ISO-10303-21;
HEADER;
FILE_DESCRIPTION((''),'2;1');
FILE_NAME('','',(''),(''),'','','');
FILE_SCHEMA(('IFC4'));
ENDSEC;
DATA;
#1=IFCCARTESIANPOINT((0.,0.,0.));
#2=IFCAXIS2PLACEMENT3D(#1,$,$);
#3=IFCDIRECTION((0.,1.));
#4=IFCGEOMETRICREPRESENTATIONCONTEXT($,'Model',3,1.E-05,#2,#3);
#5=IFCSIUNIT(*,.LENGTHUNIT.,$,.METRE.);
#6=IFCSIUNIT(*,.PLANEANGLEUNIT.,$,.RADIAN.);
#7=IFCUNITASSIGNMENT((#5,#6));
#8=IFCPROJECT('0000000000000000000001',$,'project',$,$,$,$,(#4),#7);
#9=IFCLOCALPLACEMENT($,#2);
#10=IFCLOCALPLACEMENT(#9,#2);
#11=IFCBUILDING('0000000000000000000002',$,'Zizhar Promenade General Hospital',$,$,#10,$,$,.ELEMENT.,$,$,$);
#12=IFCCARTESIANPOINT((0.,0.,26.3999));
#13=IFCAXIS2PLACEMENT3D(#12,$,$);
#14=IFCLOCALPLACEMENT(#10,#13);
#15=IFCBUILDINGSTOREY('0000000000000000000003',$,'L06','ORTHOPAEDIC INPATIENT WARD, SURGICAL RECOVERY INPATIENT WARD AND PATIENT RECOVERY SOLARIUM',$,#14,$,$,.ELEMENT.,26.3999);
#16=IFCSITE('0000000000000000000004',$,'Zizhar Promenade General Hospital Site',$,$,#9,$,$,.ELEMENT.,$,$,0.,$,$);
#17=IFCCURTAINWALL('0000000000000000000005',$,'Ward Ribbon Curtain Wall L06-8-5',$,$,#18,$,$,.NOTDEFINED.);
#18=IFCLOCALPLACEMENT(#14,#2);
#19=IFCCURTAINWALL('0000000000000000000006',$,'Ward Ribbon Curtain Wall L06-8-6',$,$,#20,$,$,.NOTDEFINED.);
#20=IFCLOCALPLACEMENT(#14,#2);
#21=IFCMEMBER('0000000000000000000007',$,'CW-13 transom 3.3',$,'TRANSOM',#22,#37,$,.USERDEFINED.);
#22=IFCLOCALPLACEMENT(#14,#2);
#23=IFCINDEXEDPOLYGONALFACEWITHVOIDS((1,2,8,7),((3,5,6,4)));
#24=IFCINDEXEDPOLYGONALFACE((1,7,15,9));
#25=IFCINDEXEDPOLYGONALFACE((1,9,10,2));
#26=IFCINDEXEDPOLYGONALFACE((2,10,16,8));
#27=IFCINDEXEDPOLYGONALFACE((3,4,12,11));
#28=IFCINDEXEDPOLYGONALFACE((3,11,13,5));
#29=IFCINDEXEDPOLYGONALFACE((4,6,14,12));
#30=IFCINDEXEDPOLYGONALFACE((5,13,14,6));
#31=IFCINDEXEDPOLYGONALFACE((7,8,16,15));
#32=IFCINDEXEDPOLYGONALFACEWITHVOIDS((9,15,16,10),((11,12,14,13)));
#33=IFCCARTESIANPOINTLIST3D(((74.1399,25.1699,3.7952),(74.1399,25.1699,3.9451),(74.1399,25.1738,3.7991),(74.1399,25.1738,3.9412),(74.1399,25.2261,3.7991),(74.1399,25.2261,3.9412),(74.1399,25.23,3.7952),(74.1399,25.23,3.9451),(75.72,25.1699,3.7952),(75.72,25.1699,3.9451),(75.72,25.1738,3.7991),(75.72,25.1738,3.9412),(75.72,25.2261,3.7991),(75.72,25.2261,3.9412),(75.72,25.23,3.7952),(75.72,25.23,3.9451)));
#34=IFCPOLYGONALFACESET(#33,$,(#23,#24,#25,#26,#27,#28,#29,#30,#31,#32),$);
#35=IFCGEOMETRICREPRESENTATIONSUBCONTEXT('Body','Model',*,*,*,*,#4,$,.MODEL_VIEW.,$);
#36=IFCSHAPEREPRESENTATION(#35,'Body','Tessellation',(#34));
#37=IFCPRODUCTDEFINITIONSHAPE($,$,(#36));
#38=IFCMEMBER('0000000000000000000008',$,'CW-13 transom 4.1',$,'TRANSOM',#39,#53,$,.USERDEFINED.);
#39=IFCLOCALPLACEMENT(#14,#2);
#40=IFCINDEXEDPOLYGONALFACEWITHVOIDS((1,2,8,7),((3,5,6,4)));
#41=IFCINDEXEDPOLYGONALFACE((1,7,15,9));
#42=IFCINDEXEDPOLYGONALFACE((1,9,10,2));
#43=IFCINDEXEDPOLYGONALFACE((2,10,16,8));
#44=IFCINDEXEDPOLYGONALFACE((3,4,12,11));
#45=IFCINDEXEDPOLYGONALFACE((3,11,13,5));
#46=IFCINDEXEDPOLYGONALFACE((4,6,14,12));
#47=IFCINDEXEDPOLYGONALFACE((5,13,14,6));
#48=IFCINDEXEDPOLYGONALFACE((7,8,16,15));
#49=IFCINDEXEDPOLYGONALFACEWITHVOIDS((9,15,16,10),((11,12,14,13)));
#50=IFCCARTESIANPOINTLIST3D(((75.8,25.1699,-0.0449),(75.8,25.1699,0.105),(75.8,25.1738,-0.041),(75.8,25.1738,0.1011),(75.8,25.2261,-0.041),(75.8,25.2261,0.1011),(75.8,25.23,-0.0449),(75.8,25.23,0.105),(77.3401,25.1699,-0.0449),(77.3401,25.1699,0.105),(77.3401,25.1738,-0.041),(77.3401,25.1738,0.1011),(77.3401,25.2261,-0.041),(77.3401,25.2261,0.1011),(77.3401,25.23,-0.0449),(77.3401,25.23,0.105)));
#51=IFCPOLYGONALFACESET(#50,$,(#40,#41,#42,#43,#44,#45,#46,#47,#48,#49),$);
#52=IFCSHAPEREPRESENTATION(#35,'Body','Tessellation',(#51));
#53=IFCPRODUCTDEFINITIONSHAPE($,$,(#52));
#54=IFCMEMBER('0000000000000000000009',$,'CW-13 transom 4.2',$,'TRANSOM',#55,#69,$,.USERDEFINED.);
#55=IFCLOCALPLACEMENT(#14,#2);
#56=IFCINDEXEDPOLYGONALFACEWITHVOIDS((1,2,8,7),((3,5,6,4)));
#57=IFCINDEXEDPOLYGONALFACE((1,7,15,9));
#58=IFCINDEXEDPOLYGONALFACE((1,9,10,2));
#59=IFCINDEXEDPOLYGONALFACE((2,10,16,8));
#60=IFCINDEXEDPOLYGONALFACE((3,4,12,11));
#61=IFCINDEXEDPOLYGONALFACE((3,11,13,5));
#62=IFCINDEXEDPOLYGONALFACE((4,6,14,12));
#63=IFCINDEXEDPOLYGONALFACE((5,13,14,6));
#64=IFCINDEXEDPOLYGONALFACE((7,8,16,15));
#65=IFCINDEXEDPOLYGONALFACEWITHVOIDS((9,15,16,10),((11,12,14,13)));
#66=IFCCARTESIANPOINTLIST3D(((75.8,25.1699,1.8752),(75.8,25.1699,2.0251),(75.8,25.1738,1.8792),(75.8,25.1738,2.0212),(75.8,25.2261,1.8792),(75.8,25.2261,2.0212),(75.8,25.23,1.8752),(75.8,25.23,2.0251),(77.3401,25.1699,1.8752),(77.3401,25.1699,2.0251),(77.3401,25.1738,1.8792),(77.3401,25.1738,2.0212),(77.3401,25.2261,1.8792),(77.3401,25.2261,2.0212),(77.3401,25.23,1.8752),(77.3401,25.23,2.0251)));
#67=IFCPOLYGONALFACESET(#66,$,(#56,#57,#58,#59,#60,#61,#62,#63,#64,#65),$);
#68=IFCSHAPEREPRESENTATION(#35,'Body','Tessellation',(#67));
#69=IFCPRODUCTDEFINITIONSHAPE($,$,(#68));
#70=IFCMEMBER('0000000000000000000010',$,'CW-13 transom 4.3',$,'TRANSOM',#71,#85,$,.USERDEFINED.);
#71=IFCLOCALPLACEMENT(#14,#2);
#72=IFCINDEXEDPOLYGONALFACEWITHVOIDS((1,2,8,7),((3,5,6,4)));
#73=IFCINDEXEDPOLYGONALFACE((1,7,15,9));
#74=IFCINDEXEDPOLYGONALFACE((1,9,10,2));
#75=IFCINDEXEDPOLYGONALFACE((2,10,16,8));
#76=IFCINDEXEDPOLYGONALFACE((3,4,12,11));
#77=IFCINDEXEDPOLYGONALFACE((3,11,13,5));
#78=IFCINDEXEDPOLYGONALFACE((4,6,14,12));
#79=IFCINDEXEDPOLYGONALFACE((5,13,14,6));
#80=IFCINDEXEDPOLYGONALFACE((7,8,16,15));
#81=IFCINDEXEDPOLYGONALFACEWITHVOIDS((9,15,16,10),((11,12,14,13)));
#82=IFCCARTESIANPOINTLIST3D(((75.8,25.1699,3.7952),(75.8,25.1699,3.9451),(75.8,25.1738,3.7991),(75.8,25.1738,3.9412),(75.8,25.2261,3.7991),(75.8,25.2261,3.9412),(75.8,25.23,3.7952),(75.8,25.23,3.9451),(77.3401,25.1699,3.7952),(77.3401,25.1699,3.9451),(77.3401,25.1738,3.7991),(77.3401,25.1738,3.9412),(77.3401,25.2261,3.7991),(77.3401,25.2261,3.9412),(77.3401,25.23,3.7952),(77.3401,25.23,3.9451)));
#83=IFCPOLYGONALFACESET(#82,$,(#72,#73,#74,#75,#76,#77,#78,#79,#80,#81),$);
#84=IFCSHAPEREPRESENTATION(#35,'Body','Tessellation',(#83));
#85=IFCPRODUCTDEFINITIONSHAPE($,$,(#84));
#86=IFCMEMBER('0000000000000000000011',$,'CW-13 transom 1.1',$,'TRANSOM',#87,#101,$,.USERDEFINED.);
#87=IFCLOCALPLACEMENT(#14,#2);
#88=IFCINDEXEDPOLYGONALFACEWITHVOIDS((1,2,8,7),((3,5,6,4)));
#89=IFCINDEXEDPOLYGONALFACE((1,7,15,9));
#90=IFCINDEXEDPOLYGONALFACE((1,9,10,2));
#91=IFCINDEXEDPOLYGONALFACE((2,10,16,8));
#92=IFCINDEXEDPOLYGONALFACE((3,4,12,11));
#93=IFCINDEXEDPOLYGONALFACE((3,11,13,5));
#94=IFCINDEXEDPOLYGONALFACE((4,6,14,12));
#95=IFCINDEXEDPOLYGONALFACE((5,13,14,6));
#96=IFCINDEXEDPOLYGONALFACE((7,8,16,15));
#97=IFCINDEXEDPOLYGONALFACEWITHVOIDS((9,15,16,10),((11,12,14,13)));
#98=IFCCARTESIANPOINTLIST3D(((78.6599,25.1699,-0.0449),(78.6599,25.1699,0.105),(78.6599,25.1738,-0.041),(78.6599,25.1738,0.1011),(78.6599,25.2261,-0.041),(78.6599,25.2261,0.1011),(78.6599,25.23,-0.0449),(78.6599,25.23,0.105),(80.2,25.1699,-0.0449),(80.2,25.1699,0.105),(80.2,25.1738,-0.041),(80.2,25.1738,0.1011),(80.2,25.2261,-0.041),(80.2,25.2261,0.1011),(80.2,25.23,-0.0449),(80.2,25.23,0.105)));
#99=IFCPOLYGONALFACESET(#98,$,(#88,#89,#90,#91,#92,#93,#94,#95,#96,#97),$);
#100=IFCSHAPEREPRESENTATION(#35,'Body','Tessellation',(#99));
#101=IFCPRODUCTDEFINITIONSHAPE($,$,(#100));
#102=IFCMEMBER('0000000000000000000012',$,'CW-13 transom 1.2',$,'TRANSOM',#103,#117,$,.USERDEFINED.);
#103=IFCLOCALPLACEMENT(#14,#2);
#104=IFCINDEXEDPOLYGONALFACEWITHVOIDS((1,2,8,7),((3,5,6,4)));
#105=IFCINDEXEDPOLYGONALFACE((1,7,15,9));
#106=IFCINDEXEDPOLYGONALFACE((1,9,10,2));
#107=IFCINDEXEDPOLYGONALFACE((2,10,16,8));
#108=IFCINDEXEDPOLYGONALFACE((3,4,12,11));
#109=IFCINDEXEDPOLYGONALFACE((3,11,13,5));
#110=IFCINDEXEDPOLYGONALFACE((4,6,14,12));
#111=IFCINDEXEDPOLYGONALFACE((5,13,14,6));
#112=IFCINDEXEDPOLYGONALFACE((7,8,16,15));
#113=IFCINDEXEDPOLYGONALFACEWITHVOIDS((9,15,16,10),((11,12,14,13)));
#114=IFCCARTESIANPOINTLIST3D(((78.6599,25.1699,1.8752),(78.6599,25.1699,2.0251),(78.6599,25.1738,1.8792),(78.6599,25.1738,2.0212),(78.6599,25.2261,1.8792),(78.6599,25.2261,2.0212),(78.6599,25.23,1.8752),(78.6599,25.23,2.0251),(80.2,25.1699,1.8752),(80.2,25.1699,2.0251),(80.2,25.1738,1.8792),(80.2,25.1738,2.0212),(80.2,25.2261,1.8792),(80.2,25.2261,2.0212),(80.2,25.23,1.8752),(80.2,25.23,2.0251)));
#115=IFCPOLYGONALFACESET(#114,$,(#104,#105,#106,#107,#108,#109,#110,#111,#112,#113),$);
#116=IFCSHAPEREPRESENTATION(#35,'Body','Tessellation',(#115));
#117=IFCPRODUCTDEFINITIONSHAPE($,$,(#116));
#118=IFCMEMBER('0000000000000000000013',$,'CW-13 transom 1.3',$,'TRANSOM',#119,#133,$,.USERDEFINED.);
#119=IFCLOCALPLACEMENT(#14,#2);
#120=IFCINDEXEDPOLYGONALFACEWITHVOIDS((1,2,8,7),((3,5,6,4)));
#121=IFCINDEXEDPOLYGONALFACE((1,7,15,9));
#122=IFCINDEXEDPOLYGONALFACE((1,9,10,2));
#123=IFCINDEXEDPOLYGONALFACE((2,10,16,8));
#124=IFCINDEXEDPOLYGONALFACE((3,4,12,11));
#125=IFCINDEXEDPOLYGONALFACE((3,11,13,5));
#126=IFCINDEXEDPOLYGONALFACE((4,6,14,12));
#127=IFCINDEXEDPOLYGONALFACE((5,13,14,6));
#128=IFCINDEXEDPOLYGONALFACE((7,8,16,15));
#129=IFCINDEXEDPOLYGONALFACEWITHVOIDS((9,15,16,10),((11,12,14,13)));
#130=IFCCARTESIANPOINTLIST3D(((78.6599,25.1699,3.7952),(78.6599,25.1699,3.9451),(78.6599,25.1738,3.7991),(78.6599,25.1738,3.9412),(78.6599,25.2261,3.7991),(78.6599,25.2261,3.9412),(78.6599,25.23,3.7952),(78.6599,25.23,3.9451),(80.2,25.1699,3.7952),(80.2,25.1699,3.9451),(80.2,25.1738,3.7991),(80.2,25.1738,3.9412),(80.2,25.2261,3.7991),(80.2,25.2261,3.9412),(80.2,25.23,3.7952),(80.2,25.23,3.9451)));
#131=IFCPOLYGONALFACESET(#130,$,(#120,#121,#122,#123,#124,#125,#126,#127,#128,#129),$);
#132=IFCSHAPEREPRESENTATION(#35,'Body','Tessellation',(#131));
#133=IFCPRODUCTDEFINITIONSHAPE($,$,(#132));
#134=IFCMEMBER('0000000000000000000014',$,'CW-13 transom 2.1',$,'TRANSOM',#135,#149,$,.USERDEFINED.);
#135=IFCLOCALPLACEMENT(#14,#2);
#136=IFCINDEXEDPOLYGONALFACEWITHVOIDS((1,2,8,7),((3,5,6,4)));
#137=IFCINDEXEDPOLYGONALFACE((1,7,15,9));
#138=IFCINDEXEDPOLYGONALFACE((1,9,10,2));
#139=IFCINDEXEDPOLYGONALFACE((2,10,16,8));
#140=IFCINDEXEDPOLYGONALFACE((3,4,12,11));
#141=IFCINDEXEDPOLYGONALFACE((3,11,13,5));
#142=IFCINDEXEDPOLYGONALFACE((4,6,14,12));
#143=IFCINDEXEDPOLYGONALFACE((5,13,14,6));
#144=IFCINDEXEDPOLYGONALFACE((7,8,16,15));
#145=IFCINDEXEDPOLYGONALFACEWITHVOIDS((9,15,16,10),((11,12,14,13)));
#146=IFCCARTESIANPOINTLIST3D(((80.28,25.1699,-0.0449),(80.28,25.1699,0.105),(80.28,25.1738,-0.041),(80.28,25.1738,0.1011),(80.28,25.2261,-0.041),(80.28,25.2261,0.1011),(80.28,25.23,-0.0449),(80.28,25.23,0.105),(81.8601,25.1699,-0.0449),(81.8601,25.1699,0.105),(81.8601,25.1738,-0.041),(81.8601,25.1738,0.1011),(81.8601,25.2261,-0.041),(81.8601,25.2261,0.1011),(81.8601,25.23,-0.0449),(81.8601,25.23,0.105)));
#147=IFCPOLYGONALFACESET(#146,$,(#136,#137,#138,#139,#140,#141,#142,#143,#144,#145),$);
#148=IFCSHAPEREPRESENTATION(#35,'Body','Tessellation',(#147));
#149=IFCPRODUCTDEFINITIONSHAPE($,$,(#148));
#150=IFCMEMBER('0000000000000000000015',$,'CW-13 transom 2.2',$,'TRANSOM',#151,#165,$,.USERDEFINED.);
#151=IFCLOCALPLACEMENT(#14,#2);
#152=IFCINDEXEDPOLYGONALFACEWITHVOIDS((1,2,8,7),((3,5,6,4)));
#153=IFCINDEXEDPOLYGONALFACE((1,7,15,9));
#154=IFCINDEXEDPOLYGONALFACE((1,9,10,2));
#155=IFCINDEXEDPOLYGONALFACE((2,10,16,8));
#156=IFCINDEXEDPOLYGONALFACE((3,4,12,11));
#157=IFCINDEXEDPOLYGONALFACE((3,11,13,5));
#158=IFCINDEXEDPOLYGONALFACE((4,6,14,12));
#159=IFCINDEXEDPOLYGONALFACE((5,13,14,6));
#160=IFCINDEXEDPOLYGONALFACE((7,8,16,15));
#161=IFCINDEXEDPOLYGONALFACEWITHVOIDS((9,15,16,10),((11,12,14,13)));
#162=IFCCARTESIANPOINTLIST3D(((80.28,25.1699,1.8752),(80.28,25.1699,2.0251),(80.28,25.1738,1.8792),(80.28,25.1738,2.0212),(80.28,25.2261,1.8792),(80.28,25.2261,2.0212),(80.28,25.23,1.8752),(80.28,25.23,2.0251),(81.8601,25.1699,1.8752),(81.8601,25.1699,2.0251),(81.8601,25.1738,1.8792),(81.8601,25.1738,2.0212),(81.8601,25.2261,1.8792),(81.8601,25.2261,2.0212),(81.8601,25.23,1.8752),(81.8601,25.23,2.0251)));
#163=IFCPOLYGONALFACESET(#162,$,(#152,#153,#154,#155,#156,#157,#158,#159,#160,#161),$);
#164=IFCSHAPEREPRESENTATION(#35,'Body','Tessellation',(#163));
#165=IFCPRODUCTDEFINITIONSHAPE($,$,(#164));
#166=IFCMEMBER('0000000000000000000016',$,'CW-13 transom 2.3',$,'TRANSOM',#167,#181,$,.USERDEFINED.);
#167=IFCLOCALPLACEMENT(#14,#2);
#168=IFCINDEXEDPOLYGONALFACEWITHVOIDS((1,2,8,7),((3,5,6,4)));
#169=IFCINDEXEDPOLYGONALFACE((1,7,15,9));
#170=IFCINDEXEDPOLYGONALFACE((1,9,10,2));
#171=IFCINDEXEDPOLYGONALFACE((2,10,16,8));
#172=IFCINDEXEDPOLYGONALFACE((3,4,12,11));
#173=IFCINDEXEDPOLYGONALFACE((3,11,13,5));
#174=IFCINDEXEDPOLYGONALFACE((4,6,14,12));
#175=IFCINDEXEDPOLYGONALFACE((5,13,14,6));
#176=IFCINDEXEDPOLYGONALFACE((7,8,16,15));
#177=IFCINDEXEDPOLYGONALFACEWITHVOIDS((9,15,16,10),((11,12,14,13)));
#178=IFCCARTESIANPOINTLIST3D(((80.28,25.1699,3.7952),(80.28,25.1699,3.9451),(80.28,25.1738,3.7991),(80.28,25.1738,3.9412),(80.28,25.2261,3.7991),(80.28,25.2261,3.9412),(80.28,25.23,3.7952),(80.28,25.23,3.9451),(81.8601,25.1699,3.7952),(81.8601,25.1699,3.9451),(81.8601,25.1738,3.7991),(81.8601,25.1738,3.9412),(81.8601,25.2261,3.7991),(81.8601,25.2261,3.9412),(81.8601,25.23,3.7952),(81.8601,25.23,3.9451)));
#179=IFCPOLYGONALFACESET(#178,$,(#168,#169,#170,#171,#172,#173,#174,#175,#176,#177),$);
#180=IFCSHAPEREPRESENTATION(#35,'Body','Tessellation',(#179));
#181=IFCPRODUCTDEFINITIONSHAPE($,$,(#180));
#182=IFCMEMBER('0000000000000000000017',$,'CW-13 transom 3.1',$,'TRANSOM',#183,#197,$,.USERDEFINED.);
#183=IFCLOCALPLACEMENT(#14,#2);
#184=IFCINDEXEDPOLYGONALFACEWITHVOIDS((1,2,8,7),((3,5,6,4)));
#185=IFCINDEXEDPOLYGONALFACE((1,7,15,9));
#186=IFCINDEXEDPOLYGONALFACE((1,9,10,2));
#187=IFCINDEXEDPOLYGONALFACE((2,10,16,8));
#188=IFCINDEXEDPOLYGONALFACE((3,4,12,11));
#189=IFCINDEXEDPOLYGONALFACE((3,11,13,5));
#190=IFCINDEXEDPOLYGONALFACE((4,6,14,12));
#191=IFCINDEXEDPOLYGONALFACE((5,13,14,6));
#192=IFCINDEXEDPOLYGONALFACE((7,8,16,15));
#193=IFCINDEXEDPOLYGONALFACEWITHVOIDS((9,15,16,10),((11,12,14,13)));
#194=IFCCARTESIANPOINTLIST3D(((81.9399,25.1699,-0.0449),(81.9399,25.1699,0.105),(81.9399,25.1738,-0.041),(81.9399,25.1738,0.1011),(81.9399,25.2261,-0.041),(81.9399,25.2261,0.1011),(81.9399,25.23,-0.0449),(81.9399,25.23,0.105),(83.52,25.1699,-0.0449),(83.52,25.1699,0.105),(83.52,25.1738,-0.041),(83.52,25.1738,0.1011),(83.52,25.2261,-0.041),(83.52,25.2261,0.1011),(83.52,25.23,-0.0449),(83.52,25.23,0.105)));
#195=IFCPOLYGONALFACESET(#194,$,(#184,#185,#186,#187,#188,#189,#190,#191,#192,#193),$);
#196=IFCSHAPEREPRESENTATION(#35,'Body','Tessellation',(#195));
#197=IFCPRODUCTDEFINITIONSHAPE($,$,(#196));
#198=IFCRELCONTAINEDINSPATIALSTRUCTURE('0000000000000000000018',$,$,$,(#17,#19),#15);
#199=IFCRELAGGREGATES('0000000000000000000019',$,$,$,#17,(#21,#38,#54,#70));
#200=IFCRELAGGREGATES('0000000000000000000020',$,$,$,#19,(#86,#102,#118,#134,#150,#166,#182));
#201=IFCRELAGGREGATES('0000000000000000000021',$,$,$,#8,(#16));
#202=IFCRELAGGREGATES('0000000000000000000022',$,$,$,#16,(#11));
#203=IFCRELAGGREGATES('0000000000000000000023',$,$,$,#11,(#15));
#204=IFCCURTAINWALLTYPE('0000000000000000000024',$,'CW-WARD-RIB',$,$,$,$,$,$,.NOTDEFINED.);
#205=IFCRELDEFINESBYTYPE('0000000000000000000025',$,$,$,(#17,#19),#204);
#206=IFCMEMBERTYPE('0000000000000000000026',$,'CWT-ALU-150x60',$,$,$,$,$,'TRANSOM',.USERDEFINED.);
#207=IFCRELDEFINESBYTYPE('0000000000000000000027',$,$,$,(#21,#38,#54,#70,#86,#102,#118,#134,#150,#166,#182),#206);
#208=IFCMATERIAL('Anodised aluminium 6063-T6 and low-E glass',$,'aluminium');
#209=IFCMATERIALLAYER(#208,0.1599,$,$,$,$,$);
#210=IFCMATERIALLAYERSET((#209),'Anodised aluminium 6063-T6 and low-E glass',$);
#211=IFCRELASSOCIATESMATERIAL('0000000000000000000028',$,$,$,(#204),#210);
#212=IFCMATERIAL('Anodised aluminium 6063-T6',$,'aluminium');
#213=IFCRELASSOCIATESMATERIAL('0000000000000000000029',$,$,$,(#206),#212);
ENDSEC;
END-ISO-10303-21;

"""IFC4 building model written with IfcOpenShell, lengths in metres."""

from ifc_helpers import new_model, si_unit, direction, frame, origin, origin_2d, place, context, subcontext, project, spatial, hollow_rectangle, extrude, material, layer, layer_set, material_profile, profile_set, type_object, element, aggregate, save


model = new_model("IFC4")

# Units and contexts
model_context = context("Model", 3, precision=1e-05, world=origin(), true_north=direction((0.0, 1.0)))
body_context = subcontext(model_context, "Body", "Model", "MODEL_VIEW")
ifc_project = project(units=[si_unit("LENGTHUNIT", "METRE"), si_unit("PLANEANGLEUNIT", "RADIAN")], contexts=[model_context])

# Site, building, storey
site_placement = place(None, origin())
site = spatial("IfcSite", under=ifc_project, at=site_placement, Name="Zizhar Promenade General Hospital Site", CompositionType="ELEMENT", RefElevation=0.0)
building_placement = place(site_placement, origin())
building = spatial("IfcBuilding", under=site, at=building_placement, Name="Zizhar Promenade General Hospital", CompositionType="ELEMENT")
storey_placement = place(building_placement, frame((0.0, 0.0, 26.3999)))
storey = spatial("IfcBuildingStorey", under=building, at=storey_placement, Name="L06", Description="ORTHOPAEDIC INPATIENT WARD, SURGICAL RECOVERY INPATIENT WARD AND PATIENT RECOVERY SOLARIUM", CompositionType="ELEMENT", Elevation=26.3999)

# Curtain walls
ifc_material_1 = material(Name="Anodised aluminium 6063-T6 and low-E glass", Category="aluminium")
ifc_layer_1 = layer(ifc_material_1, 0.1599)
ifc_layer_set_1 = layer_set([ifc_layer_1], Name="Anodised aluminium 6063-T6 and low-E glass")
curtain_wall_type = type_object("IfcCurtainWallType", Name="CW-WARD-RIB", PredefinedType="NOTDEFINED", material=ifc_layer_set_1)
curtain_wall_1_placement = place(storey_placement, origin())
curtain_wall_1 = element("IfcCurtainWall", 1, at=curtain_wall_1_placement, inside=storey, type_object=curtain_wall_type, Name="Ward Ribbon Curtain Wall L06-8-5", PredefinedType="NOTDEFINED")
curtain_wall_2_placement = place(storey_placement, origin())
curtain_wall_2 = element("IfcCurtainWall", 2, at=curtain_wall_2_placement, inside=storey, type_object=curtain_wall_type, Name="Ward Ribbon Curtain Wall L06-8-6", PredefinedType="NOTDEFINED")

# Members
ifc_material_2 = material(Name="Anodised aluminium 6063-T6", Category="aluminium")
ifc_material_profile_1 = material_profile(ifc_material_2, hollow_rectangle(XDim=0.0601, YDim=0.1499, WallThickness=0.0039, at=origin_2d()))
ifc_profile_set_1 = profile_set([ifc_material_profile_1], Name="Anodised aluminium 6063-T6")
member_type_1 = type_object("IfcMemberType", Name="CWT-ALU-150x60", ElementType="TRANSOM", PredefinedType="USERDEFINED", material=ifc_profile_set_1)
member_1_placement = place(storey_placement, frame((74.1399, 25.2, 3.8701), z_axis=(1.0, 0.0, 0.0), x_axis=(0.0, 1.0, 0.0)))
member_1 = element("IfcMember", 3, at=member_1_placement, type_object=member_type_1, Name="CW-13 transom 3.3", ObjectType="TRANSOM", PredefinedType="USERDEFINED", context=body_context, shape_type="SweptSolid", body=[
    extrude(hollow_rectangle(XDim=0.0601, YDim=0.1499, WallThickness=0.0039, at=origin_2d()), origin(), (0.0, 0.0, 1.0), 1.5801),
])
member_2_placement = place(storey_placement, frame((75.8, 25.2, 0.03), z_axis=(1.0, 0.0, 0.0), x_axis=(0.0, 1.0, 0.0)))
member_2 = element("IfcMember", 4, at=member_2_placement, type_object=member_type_1, Name="CW-13 transom 4.1", ObjectType="TRANSOM", PredefinedType="USERDEFINED", context=body_context, shape_type="SweptSolid", body=[
    extrude(hollow_rectangle(XDim=0.0601, YDim=0.1499, WallThickness=0.0039, at=origin_2d()), origin(), (0.0, 0.0, 1.0), 1.54),
])
member_3_placement = place(storey_placement, frame((75.8, 25.2, 1.9502), z_axis=(1.0, 0.0, 0.0), x_axis=(0.0, 1.0, 0.0)))
member_3 = element("IfcMember", 5, at=member_3_placement, type_object=member_type_1, Name="CW-13 transom 4.2", ObjectType="TRANSOM", PredefinedType="USERDEFINED", context=body_context, shape_type="SweptSolid", body=[
    extrude(hollow_rectangle(XDim=0.0601, YDim=0.1499, WallThickness=0.0039, at=origin_2d()), origin(), (0.0, 0.0, 1.0), 1.54),
])
member_4_placement = place(storey_placement, frame((75.8, 25.2, 3.8701), z_axis=(1.0, 0.0, 0.0), x_axis=(0.0, 1.0, 0.0)))
member_4 = element("IfcMember", 6, at=member_4_placement, type_object=member_type_1, Name="CW-13 transom 4.3", ObjectType="TRANSOM", PredefinedType="USERDEFINED", context=body_context, shape_type="SweptSolid", body=[
    extrude(hollow_rectangle(XDim=0.0601, YDim=0.1499, WallThickness=0.0039, at=origin_2d()), origin(), (0.0, 0.0, 1.0), 1.54),
])
member_5_placement = place(storey_placement, frame((78.6599, 25.2, 0.03), z_axis=(1.0, 0.0, 0.0), x_axis=(0.0, 1.0, 0.0)))
member_5 = element("IfcMember", 7, at=member_5_placement, type_object=member_type_1, Name="CW-13 transom 1.1", ObjectType="TRANSOM", PredefinedType="USERDEFINED", context=body_context, shape_type="SweptSolid", body=[
    extrude(hollow_rectangle(XDim=0.0601, YDim=0.1499, WallThickness=0.0039, at=origin_2d()), origin(), (0.0, 0.0, 1.0), 1.54),
])
member_6_placement = place(storey_placement, frame((78.6599, 25.2, 1.9502), z_axis=(1.0, 0.0, 0.0), x_axis=(0.0, 1.0, 0.0)))
member_6 = element("IfcMember", 8, at=member_6_placement, type_object=member_type_1, Name="CW-13 transom 1.2", ObjectType="TRANSOM", PredefinedType="USERDEFINED", context=body_context, shape_type="SweptSolid", body=[
    extrude(hollow_rectangle(XDim=0.0601, YDim=0.1499, WallThickness=0.0039, at=origin_2d()), origin(), (0.0, 0.0, 1.0), 1.54),
])
member_7_placement = place(storey_placement, frame((78.6599, 25.2, 3.8701), z_axis=(1.0, 0.0, 0.0), x_axis=(0.0, 1.0, 0.0)))
member_7 = element("IfcMember", 9, at=member_7_placement, type_object=member_type_1, Name="CW-13 transom 1.3", ObjectType="TRANSOM", PredefinedType="USERDEFINED", context=body_context, shape_type="SweptSolid", body=[
    extrude(hollow_rectangle(XDim=0.0601, YDim=0.1499, WallThickness=0.0039, at=origin_2d()), origin(), (0.0, 0.0, 1.0), 1.54),
])
member_8_placement = place(storey_placement, frame((80.28, 25.2, 0.03), z_axis=(1.0, 0.0, 0.0), x_axis=(0.0, 1.0, 0.0)))
member_8 = element("IfcMember", 10, at=member_8_placement, type_object=member_type_1, Name="CW-13 transom 2.1", ObjectType="TRANSOM", PredefinedType="USERDEFINED", context=body_context, shape_type="SweptSolid", body=[
    extrude(hollow_rectangle(XDim=0.0601, YDim=0.1499, WallThickness=0.0039, at=origin_2d()), origin(), (0.0, 0.0, 1.0), 1.5801),
])
member_9_placement = place(storey_placement, frame((80.28, 25.2, 1.9502), z_axis=(1.0, 0.0, 0.0), x_axis=(0.0, 1.0, 0.0)))
member_9 = element("IfcMember", 11, at=member_9_placement, type_object=member_type_1, Name="CW-13 transom 2.2", ObjectType="TRANSOM", PredefinedType="USERDEFINED", context=body_context, shape_type="SweptSolid", body=[
    extrude(hollow_rectangle(XDim=0.0601, YDim=0.1499, WallThickness=0.0039, at=origin_2d()), origin(), (0.0, 0.0, 1.0), 1.5801),
])
member_10_placement = place(storey_placement, frame((80.28, 25.2, 3.8701), z_axis=(1.0, 0.0, 0.0), x_axis=(0.0, 1.0, 0.0)))
member_10 = element("IfcMember", 12, at=member_10_placement, type_object=member_type_1, Name="CW-13 transom 2.3", ObjectType="TRANSOM", PredefinedType="USERDEFINED", context=body_context, shape_type="SweptSolid", body=[
    extrude(hollow_rectangle(XDim=0.0601, YDim=0.1499, WallThickness=0.0039, at=origin_2d()), origin(), (0.0, 0.0, 1.0), 1.5801),
])
member_11_placement = place(storey_placement, frame((81.9399, 25.2, 0.03), z_axis=(1.0, 0.0, 0.0), x_axis=(0.0, 1.0, 0.0)))
member_11 = element("IfcMember", 13, at=member_11_placement, type_object=member_type_1, Name="CW-13 transom 3.1", ObjectType="TRANSOM", PredefinedType="USERDEFINED", context=body_context, shape_type="SweptSolid", body=[
    extrude(hollow_rectangle(XDim=0.0601, YDim=0.1499, WallThickness=0.0039, at=origin_2d()), origin(), (0.0, 0.0, 1.0), 1.5801),
])

aggregate(curtain_wall_1, [member_1, member_2, member_3, member_4])
aggregate(curtain_wall_2, [member_5, member_6, member_7, member_8, member_9, member_10, member_11])

save(model, "model.ifc")
